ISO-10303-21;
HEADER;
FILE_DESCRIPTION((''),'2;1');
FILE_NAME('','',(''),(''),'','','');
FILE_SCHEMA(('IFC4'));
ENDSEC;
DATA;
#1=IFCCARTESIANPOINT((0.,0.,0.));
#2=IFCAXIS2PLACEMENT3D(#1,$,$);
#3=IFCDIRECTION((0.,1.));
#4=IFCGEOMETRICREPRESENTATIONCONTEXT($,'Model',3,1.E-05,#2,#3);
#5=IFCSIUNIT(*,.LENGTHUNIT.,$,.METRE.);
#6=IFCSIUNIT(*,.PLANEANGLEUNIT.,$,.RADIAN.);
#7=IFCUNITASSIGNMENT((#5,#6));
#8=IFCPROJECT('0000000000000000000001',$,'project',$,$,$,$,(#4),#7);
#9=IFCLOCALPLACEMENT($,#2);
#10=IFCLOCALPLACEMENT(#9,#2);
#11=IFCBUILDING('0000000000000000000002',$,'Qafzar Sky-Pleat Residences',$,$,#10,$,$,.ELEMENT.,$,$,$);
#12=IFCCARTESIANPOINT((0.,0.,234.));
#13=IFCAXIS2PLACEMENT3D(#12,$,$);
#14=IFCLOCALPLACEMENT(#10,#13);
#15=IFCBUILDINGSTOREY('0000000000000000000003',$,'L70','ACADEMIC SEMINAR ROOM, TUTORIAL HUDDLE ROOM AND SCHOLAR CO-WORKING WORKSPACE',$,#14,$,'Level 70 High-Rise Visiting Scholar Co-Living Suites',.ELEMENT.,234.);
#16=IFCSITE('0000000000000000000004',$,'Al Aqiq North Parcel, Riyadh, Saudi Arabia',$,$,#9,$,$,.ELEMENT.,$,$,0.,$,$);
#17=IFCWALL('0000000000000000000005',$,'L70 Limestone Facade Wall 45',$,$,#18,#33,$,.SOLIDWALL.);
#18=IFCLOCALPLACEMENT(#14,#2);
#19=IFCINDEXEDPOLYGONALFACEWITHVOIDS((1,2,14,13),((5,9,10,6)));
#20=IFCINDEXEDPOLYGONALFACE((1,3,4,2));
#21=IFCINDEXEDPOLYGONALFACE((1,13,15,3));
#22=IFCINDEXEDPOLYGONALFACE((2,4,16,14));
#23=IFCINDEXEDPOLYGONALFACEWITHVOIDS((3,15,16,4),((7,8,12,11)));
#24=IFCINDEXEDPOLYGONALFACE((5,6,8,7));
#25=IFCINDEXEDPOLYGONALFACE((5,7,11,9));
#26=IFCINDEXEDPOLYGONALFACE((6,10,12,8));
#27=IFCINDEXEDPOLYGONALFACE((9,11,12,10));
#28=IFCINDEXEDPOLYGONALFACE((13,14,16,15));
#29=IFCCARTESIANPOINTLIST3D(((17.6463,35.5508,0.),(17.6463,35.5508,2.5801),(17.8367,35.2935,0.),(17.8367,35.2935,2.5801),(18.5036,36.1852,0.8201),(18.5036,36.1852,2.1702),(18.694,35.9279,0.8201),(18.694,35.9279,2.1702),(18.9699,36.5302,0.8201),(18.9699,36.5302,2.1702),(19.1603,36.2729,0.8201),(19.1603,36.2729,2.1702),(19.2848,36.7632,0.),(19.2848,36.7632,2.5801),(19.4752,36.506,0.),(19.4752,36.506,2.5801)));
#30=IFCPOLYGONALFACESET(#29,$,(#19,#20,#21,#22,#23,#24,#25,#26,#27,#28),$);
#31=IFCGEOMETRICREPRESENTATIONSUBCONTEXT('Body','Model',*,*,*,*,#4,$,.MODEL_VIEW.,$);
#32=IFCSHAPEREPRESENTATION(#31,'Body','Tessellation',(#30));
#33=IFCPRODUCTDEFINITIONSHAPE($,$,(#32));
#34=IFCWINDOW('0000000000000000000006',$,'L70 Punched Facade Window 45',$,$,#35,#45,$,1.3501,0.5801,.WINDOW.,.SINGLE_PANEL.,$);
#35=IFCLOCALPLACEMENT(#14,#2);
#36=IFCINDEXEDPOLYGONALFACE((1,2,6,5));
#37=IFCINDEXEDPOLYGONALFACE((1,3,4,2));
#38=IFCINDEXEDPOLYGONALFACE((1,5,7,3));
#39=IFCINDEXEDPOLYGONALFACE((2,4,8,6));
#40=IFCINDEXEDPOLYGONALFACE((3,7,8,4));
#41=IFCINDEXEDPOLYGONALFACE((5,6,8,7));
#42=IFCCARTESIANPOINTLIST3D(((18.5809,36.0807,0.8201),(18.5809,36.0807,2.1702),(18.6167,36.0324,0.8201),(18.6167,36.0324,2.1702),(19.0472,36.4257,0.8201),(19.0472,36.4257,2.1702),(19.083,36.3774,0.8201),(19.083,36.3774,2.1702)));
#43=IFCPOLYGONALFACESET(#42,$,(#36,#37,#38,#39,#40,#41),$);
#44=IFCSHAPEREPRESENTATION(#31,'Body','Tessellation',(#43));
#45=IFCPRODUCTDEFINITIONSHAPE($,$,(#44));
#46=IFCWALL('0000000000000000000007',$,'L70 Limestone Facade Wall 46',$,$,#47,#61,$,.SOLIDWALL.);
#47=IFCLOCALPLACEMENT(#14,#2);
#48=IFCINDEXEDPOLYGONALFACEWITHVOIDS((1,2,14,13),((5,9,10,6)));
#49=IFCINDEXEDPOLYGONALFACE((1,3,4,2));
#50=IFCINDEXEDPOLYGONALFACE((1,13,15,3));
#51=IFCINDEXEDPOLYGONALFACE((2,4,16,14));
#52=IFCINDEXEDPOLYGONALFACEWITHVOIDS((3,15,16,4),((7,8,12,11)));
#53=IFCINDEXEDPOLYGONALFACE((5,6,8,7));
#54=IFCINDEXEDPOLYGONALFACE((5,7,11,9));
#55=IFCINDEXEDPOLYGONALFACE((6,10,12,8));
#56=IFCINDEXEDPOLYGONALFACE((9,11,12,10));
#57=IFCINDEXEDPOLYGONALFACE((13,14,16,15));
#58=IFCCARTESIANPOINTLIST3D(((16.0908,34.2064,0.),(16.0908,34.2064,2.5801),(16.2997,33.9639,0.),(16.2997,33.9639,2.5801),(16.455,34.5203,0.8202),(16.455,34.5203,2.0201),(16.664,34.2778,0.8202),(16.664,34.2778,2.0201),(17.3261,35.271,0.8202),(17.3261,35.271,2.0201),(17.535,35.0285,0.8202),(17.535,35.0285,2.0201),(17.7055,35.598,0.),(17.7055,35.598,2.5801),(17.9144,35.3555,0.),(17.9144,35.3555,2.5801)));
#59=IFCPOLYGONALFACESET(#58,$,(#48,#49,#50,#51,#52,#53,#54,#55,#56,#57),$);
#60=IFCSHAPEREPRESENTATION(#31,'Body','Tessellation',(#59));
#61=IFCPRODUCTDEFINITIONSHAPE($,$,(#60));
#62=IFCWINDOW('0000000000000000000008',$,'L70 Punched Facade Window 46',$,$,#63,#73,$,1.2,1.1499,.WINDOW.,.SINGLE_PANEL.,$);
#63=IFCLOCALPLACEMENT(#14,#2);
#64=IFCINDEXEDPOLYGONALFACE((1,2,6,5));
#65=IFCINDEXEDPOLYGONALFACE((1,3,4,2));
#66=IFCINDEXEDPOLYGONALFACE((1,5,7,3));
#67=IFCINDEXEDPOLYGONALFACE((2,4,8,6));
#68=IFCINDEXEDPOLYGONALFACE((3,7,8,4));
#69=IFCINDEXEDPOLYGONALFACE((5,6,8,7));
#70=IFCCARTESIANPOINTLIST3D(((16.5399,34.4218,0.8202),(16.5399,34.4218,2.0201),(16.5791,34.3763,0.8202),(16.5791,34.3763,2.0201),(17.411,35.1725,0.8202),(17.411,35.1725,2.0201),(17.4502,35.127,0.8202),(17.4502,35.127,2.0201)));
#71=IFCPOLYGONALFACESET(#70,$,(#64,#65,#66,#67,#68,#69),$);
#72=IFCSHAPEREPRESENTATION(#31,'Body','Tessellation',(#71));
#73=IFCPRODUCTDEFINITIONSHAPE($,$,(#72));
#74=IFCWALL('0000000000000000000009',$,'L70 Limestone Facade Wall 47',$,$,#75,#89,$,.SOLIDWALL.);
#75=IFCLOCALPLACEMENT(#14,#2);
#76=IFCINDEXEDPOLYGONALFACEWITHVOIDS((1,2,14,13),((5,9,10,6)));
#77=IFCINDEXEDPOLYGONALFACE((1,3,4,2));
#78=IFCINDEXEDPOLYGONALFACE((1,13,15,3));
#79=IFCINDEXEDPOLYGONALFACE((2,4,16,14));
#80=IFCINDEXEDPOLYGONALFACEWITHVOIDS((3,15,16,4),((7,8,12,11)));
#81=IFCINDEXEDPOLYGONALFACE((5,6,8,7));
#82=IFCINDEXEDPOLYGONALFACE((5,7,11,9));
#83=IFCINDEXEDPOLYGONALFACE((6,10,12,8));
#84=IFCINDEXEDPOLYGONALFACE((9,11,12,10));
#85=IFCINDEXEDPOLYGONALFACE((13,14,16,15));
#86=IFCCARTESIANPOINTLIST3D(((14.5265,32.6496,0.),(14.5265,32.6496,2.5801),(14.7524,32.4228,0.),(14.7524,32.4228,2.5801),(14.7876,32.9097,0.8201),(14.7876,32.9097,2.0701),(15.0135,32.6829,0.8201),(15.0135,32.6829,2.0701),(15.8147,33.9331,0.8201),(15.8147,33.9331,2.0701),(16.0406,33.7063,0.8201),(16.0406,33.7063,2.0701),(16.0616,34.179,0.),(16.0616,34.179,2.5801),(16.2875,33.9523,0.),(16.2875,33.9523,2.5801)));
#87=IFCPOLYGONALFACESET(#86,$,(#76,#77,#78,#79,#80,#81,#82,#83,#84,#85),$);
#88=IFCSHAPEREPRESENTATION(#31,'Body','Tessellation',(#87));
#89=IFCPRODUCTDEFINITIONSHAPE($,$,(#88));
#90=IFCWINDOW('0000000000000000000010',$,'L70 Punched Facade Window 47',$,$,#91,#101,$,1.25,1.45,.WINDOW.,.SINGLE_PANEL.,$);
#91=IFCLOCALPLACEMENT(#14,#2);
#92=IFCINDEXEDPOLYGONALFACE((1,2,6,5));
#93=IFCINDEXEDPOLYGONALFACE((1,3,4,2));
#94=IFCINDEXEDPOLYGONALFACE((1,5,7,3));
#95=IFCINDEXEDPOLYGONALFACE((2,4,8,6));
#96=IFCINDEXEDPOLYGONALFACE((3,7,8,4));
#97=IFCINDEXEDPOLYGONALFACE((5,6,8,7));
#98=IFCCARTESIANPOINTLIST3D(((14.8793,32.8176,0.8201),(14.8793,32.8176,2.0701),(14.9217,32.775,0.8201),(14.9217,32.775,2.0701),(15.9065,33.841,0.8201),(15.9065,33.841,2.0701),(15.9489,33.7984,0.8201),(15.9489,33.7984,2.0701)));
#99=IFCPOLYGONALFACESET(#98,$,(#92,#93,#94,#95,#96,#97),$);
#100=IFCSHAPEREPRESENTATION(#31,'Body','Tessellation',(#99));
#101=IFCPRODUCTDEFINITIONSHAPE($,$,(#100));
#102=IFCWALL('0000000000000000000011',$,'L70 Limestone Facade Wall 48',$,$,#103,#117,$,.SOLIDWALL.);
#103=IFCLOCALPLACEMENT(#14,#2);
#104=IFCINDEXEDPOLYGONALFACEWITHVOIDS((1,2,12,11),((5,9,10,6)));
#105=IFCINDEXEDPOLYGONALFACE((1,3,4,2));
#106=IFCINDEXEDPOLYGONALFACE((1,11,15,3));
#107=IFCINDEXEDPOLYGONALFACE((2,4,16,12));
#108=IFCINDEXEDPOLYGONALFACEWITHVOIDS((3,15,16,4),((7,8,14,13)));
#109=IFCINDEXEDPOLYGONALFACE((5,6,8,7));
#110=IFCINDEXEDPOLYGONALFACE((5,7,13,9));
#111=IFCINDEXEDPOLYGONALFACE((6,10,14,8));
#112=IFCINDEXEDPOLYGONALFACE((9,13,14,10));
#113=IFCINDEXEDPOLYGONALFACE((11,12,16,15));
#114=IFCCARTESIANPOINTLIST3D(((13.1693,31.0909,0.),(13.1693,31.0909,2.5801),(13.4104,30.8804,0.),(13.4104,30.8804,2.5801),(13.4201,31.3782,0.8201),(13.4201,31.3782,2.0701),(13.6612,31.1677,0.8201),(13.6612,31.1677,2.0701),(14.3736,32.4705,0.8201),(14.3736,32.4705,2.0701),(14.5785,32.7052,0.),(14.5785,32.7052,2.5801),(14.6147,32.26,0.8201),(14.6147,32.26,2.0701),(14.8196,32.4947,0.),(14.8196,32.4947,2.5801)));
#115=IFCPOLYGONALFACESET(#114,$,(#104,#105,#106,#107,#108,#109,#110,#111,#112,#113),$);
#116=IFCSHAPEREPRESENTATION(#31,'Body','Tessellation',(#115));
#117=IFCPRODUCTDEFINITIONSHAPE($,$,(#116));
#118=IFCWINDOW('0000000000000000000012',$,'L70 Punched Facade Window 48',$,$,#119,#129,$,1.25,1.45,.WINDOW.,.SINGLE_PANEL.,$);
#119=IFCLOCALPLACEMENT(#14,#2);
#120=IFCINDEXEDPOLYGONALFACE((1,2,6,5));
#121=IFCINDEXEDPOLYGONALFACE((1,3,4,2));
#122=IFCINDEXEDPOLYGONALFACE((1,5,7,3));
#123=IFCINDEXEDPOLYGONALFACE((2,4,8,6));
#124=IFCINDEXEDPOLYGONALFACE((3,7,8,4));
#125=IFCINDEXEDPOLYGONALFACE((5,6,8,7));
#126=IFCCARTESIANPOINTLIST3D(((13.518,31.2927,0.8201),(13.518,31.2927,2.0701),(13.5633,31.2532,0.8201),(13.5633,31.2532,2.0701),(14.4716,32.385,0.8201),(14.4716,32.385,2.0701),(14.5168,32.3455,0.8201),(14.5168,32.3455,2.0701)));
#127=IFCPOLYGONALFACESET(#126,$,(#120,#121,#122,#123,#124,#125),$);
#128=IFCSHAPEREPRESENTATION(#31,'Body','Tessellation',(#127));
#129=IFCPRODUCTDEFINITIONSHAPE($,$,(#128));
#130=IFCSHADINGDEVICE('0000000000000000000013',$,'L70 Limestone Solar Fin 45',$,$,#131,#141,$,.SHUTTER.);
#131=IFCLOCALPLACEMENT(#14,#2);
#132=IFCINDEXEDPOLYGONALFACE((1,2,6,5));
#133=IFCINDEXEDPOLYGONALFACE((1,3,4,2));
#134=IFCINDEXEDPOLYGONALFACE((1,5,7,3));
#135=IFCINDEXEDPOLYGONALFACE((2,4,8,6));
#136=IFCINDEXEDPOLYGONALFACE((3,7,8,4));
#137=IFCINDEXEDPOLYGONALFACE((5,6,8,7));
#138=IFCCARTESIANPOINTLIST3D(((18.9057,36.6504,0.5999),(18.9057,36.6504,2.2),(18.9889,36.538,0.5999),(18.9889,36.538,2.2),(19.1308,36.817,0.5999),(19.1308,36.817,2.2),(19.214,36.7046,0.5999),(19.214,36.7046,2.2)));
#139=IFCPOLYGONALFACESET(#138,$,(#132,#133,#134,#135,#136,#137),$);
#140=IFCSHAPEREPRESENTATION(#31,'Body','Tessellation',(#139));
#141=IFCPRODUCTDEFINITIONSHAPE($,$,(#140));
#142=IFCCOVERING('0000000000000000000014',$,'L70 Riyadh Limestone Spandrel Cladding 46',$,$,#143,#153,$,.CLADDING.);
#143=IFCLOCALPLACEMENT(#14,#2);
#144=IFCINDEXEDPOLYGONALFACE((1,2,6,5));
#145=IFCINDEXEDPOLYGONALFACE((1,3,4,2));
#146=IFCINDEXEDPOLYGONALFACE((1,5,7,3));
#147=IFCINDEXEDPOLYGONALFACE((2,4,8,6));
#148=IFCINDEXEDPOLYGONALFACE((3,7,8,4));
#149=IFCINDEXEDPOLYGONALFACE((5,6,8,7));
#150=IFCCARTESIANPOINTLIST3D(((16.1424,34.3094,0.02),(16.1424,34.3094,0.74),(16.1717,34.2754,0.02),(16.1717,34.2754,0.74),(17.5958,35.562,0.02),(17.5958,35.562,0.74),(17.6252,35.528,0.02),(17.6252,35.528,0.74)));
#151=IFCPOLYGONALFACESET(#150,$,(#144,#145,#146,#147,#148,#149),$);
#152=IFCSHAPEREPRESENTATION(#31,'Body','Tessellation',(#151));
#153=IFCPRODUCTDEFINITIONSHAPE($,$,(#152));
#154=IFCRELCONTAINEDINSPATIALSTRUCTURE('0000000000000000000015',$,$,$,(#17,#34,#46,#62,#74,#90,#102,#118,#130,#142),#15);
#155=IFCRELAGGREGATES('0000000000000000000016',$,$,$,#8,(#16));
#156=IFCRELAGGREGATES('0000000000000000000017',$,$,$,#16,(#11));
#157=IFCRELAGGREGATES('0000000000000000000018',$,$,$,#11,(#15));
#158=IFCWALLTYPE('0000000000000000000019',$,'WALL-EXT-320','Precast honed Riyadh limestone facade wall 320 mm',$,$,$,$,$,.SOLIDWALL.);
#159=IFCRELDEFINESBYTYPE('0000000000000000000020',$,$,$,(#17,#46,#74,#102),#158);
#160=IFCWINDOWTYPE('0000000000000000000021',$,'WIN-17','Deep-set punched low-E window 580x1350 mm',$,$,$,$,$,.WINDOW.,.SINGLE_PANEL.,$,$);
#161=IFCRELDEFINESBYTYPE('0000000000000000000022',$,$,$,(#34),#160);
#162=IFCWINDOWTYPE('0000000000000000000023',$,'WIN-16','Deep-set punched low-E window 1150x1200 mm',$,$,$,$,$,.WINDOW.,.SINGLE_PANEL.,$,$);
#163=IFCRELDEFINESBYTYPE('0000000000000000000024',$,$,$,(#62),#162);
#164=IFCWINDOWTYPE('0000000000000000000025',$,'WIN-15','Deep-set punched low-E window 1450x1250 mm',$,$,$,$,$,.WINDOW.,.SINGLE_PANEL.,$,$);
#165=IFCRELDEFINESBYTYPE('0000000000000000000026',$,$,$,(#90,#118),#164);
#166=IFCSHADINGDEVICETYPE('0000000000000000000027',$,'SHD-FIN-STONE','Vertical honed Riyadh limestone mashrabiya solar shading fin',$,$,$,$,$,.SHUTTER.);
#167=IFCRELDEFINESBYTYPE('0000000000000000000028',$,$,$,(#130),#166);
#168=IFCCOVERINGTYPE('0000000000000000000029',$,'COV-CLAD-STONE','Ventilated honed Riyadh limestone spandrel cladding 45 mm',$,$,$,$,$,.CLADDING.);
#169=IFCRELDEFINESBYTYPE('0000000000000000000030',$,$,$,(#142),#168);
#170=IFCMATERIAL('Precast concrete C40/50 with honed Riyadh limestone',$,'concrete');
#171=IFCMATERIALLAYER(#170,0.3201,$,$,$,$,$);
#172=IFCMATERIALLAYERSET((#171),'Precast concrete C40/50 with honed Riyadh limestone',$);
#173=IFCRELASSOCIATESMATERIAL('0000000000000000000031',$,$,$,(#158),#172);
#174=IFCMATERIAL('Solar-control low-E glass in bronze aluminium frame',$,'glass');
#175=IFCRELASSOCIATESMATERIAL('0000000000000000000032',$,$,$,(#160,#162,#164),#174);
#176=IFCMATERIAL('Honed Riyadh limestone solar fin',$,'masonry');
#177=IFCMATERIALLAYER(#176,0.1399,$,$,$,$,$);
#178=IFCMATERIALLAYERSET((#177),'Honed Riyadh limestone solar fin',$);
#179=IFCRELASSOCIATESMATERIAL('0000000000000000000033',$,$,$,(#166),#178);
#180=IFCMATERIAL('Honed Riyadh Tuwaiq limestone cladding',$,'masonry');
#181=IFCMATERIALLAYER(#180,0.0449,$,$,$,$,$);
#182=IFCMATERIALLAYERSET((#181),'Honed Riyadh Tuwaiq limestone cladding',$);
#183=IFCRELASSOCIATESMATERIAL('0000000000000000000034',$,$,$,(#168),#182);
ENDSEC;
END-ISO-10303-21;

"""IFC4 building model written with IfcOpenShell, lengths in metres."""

from ifc_helpers import new_model, si_unit, direction, frame, frame_2d, origin, origin_2d, place, context, subcontext, project, spatial, rectangle, extrude, source, transform, mapped, material, layer, layer_set, type_object, element, fill, save


model = new_model("IFC4")

# Units and contexts
model_context = context("Model", 3, precision=1e-05, world=origin(), true_north=direction((0.0, 1.0)))
body_context = subcontext(model_context, "Body", "Model", "MODEL_VIEW")
ifc_project = project(units=[si_unit("LENGTHUNIT", "METRE"), si_unit("PLANEANGLEUNIT", "RADIAN")], contexts=[model_context])

# Site, building, storey
site_placement = place(None, origin())
site = spatial("IfcSite", under=ifc_project, at=site_placement, Name="Al Aqiq North Parcel, Riyadh, Saudi Arabia", CompositionType="ELEMENT", RefElevation=0.0)
building_placement = place(site_placement, origin())
building = spatial("IfcBuilding", under=site, at=building_placement, Name="Qafzar Sky-Pleat Residences", CompositionType="ELEMENT")
storey_placement = place(building_placement, frame((0.0, 0.0, 234.0)))
storey = spatial("IfcBuildingStorey", under=building, at=storey_placement, Name="L70", Description="ACADEMIC SEMINAR ROOM, TUTORIAL HUDDLE ROOM AND SCHOLAR CO-WORKING WORKSPACE", LongName="Level 70 High-Rise Visiting Scholar Co-Living Suites", CompositionType="ELEMENT", Elevation=234.0)

# Walls, openings, windows
ifc_material_1 = material(Name="Precast concrete C40/50 with honed Riyadh limestone", Category="concrete")
ifc_layer_1 = layer(ifc_material_1, 0.3201)
ifc_layer_set_1 = layer_set([ifc_layer_1], Name="Precast concrete C40/50 with honed Riyadh limestone")
wall_type_1 = type_object("IfcWallType", Name="WALL-EXT-320", Description="Precast honed Riyadh limestone facade wall 320 mm", PredefinedType="SOLIDWALL", material=ifc_layer_set_1)
ifc_material_2 = material(Name="Solar-control low-E glass in bronze aluminium frame", Category="glass")
wall_1_placement = place(storey_placement, frame((19.3799, 36.6345, 0.0), z_axis=(0.0, 0.0, 1.0), x_axis=(-0.80385, -0.594832, 0.0)))
wall_1 = element("IfcWall", 1, at=wall_1_placement, inside=storey, type_object=wall_type_1, Name="L70 Limestone Facade Wall 45", PredefinedType="SOLIDWALL", context=body_context, shape_type="SweptSolid", body=[
    extrude(rectangle(XDim=2.0383, YDim=0.3201, at=frame_2d((1.019, 0.0))), origin(), (0.0, 0.0, 1.0), 2.5801),
])
opening_1_placement = place(wall_1_placement, frame((0.3916, 0.0, 0.8201)))
opening_1 = element("IfcOpeningElement", 2, at=opening_1_placement, cuts=wall_1, PredefinedType="OPENING", context=body_context, shape_type="SweptSolid", body=[
    extrude(rectangle(XDim=0.5801, YDim=1.3501, at=frame_2d((0.29, 0.675))), frame((0.0, 0.1699, 0.0), z_axis=(0.0, -1.0, 0.0), x_axis=(1.0, 0.0, 0.0)), (0.0, 0.0, 1.0), 0.3401),
])
window_type_1 = type_object("IfcWindowType", Name="WIN-17", Description="Deep-set punched low-E window 580x1350 mm", PartitioningType="SINGLE_PANEL", PredefinedType="WINDOW", material=ifc_material_2)
shared_shape_1 = source(origin(), body_context, "Body", "SweptSolid", [
    extrude(rectangle(XDim=0.5801, YDim=1.3501, at=frame_2d((0.29, 0.675))), frame((0.0, 0.03, 0.0), z_axis=(0.0, -1.0, 0.0), x_axis=(1.0, 0.0, 0.0)), (0.0, 0.0, 1.0), 0.0601),
])
window_1_placement = place(opening_1_placement, origin())
window_1 = element("IfcWindow", 3, at=window_1_placement, inside=storey, type_object=window_type_1, Name="L70 Punched Facade Window 45", OverallHeight=1.3501, OverallWidth=0.5801, PartitioningType="SINGLE_PANEL", PredefinedType="WINDOW", context=body_context, shape_type="MappedRepresentation", body=[
    mapped(shared_shape_1, transform((0.0, 0.0, 0.0), x_axis=(1.0, 0.0, 0.0), y_axis=(0.0, 1.0, 0.0), z_axis=(0.0, 0.0, 1.0), scale=1.0)),
])
fill(opening_1, window_1)
wall_2_placement = place(storey_placement, frame((17.8101, 35.4768, 0.0), z_axis=(0.0, 0.0, 1.0), x_axis=(-0.757508, -0.652826, 0.0)))
wall_2 = element("IfcWall", 4, at=wall_2_placement, inside=storey, type_object=wall_type_1, Name="L70 Limestone Facade Wall 46", PredefinedType="SOLIDWALL", context=body_context, shape_type="SweptSolid", body=[
    extrude(rectangle(XDim=2.1316, YDim=0.3201, at=frame_2d((1.0659, 0.0))), origin(), (0.0, 0.0, 1.0), 2.5801),
])
opening_2_placement = place(wall_2_placement, frame((0.501, 0.0, 0.8201)))
opening_2 = element("IfcOpeningElement", 5, at=opening_2_placement, cuts=wall_2, PredefinedType="OPENING", context=body_context, shape_type="SweptSolid", body=[
    extrude(rectangle(XDim=1.1499, YDim=1.2, at=frame_2d((0.575, 0.6001))), frame((0.0, 0.1699, 0.0), z_axis=(0.0, -1.0, 0.0), x_axis=(1.0, 0.0, 0.0)), (0.0, 0.0, 1.0), 0.3401),
])
window_type_2 = type_object("IfcWindowType", Name="WIN-16", Description="Deep-set punched low-E window 1150x1200 mm", PartitioningType="SINGLE_PANEL", PredefinedType="WINDOW", material=ifc_material_2)
shared_shape_2 = source(origin(), body_context, "Body", "SweptSolid", [
    extrude(rectangle(XDim=1.1499, YDim=1.2, at=frame_2d((0.575, 0.6001))), frame((0.0, 0.03, 0.0), z_axis=(0.0, -1.0, 0.0), x_axis=(1.0, 0.0, 0.0)), (0.0, 0.0, 1.0), 0.0601),
])
window_2_placement = place(opening_2_placement, origin())
window_2 = element("IfcWindow", 6, at=window_2_placement, inside=storey, type_object=window_type_2, Name="L70 Punched Facade Window 46", OverallHeight=1.2, OverallWidth=1.1499, PartitioningType="SINGLE_PANEL", PredefinedType="WINDOW", context=body_context, shape_type="MappedRepresentation", body=[
    mapped(shared_shape_2, transform((0.0, 0.0, 0.0), x_axis=(1.0, 0.0, 0.0), y_axis=(0.0, 1.0, 0.0), z_axis=(0.0, 0.0, 1.0), scale=1.0)),
])
fill(opening_2, window_2)
wall_3_placement = place(storey_placement, frame((16.1746, 34.0657, 0.0), z_axis=(0.0, 0.0, 1.0), x_axis=(-0.708401, -0.70581, 0.0)))
wall_3 = element("IfcWall", 7, at=wall_3_placement, inside=storey, type_object=wall_type_1, Name="L70 Limestone Facade Wall 47", PredefinedType="SOLIDWALL", context=body_context, shape_type="SweptSolid", body=[
    extrude(rectangle(XDim=2.167, YDim=0.3201, at=frame_2d((1.0835, 0.0))), origin(), (0.0, 0.0, 1.0), 2.5801),
])
opening_3_placement = place(wall_3_placement, frame((0.3484, 0.0, 0.8201)))
opening_3 = element("IfcOpeningElement", 8, at=opening_3_placement, cuts=wall_3, PredefinedType="OPENING", context=body_context, shape_type="SweptSolid", body=[
    extrude(rectangle(XDim=1.45, YDim=1.25, at=frame_2d((0.7251, 0.625))), frame((0.0, 0.1699, 0.0), z_axis=(0.0, -1.0, 0.0), x_axis=(1.0, 0.0, 0.0)), (0.0, 0.0, 1.0), 0.3401),
])
window_type_3 = type_object("IfcWindowType", Name="WIN-15", Description="Deep-set punched low-E window 1450x1250 mm", PartitioningType="SINGLE_PANEL", PredefinedType="WINDOW", material=ifc_material_2)
shared_shape_3 = source(origin(), body_context, "Body", "SweptSolid", [
    extrude(rectangle(XDim=1.45, YDim=1.25, at=frame_2d((0.7251, 0.625))), frame((0.0, 0.03, 0.0), z_axis=(0.0, -1.0, 0.0), x_axis=(1.0, 0.0, 0.0)), (0.0, 0.0, 1.0), 0.0601),
])
window_3_placement = place(opening_3_placement, origin())
window_3 = element("IfcWindow", 9, at=window_3_placement, inside=storey, type_object=window_type_3, Name="L70 Punched Facade Window 47", OverallHeight=1.25, OverallWidth=1.45, PartitioningType="SINGLE_PANEL", PredefinedType="WINDOW", context=body_context, shape_type="MappedRepresentation", body=[
    mapped(shared_shape_3, transform((0.0, 0.0, 0.0), x_axis=(1.0, 0.0, 0.0), y_axis=(0.0, 1.0, 0.0), z_axis=(0.0, 0.0, 1.0), scale=1.0)),
])
fill(opening_3, window_3)
wall_4_placement = place(storey_placement, frame((14.699, 32.5999, 0.0), z_axis=(0.0, 0.0, 1.0), x_axis=(-0.657633, -0.753338, 0.0)))
wall_4 = element("IfcWall", 10, at=wall_4_placement, inside=storey, type_object=wall_type_1, Name="L70 Limestone Facade Wall 48", PredefinedType="SOLIDWALL", context=body_context, shape_type="SweptSolid", body=[
    extrude(rectangle(XDim=2.1428, YDim=0.3201, at=frame_2d((1.0713, 0.0))), origin(), (0.0, 0.0, 1.0), 2.5801),
])
opening_4_placement = place(wall_4_placement, frame((0.3113, 0.0, 0.8201)))
opening_4 = element("IfcOpeningElement", 11, at=opening_4_placement, cuts=wall_4, PredefinedType="OPENING", context=body_context, shape_type="SweptSolid", body=[
    extrude(rectangle(XDim=1.45, YDim=1.25, at=frame_2d((0.7251, 0.625))), frame((0.0, 0.1699, 0.0), z_axis=(0.0, -1.0, 0.0), x_axis=(1.0, 0.0, 0.0)), (0.0, 0.0, 1.0), 0.3401),
])
window_4_placement = place(opening_4_placement, origin())
window_4 = element("IfcWindow", 12, at=window_4_placement, inside=storey, type_object=window_type_3, Name="L70 Punched Facade Window 48", OverallHeight=1.25, OverallWidth=1.45, PartitioningType="SINGLE_PANEL", PredefinedType="WINDOW", context=body_context, shape_type="MappedRepresentation", body=[
    mapped(shared_shape_3, transform((0.0, 0.0, 0.0), x_axis=(1.0, 0.0, 0.0), y_axis=(0.0, 1.0, 0.0), z_axis=(0.0, 0.0, 1.0), scale=1.0)),
])
fill(opening_4, window_4)

# Shading device
ifc_material_3 = material(Name="Honed Riyadh limestone solar fin", Category="masonry")
ifc_layer_2 = layer(ifc_material_3, 0.1399)
ifc_layer_set_2 = layer_set([ifc_layer_2], Name="Honed Riyadh limestone solar fin")
shading_device_type = type_object("IfcShadingDeviceType", Name="SHD-FIN-STONE", Description="Vertical honed Riyadh limestone mashrabiya solar shading fin", PredefinedType="SHUTTER", material=ifc_layer_set_2)
shared_shape_4 = source(origin(), body_context, "Body", "SweptSolid", [
    extrude(rectangle(XDim=0.1399, YDim=0.28, at=origin_2d()), origin(), (0.0, 0.0, 1.0), 1.6001),
])
shading_device_placement = place(storey_placement, frame((19.0598, 36.6775, 0.5999), z_axis=(0.0, 0.0, 1.0), x_axis=(-0.594882, 0.803813, 0.0)))
element("IfcShadingDevice", 13, at=shading_device_placement, inside=storey, type_object=shading_device_type, Name="L70 Limestone Solar Fin 45", PredefinedType="SHUTTER", context=body_context, shape_type="MappedRepresentation", body=[
    mapped(shared_shape_4, transform((0.0, 0.0, 0.0), x_axis=(1.0, 0.0, 0.0), y_axis=(0.0, 1.0, 0.0), z_axis=(0.0, 0.0, 1.0), scale=1.0)),
])

# Covering
ifc_material_4 = material(Name="Honed Riyadh Tuwaiq limestone cladding", Category="masonry")
ifc_layer_3 = layer(ifc_material_4, 0.0449)
ifc_layer_set_3 = layer_set([ifc_layer_3], Name="Honed Riyadh Tuwaiq limestone cladding")
covering_type = type_object("IfcCoveringType", Name="COV-CLAD-STONE", Description="Ventilated honed Riyadh limestone spandrel cladding 45 mm", PredefinedType="CLADDING", material=ifc_layer_set_3)
shared_shape_5 = source(origin(), body_context, "Body", "SweptSolid", [
    extrude(rectangle(XDim=1.9187, YDim=0.0449, at=origin_2d()), origin(), (0.0, 0.0, 1.0), 0.72),
])
covering_placement = place(storey_placement, frame((16.8838, 34.9187, 0.02), z_axis=(0.0, 0.0, 1.0), x_axis=(-0.757496, -0.65284, 0.0)))
element("IfcCovering", 14, at=covering_placement, inside=storey, type_object=covering_type, Name="L70 Riyadh Limestone Spandrel Cladding 46", PredefinedType="CLADDING", context=body_context, shape_type="MappedRepresentation", body=[
    mapped(shared_shape_5, transform((0.0, 0.0, 0.0), x_axis=(1.0, 0.0, 0.0), y_axis=(0.0, 1.0, 0.0), z_axis=(0.0, 0.0, 1.0), scale=1.0)),
])

save(model, "model.ifc")
